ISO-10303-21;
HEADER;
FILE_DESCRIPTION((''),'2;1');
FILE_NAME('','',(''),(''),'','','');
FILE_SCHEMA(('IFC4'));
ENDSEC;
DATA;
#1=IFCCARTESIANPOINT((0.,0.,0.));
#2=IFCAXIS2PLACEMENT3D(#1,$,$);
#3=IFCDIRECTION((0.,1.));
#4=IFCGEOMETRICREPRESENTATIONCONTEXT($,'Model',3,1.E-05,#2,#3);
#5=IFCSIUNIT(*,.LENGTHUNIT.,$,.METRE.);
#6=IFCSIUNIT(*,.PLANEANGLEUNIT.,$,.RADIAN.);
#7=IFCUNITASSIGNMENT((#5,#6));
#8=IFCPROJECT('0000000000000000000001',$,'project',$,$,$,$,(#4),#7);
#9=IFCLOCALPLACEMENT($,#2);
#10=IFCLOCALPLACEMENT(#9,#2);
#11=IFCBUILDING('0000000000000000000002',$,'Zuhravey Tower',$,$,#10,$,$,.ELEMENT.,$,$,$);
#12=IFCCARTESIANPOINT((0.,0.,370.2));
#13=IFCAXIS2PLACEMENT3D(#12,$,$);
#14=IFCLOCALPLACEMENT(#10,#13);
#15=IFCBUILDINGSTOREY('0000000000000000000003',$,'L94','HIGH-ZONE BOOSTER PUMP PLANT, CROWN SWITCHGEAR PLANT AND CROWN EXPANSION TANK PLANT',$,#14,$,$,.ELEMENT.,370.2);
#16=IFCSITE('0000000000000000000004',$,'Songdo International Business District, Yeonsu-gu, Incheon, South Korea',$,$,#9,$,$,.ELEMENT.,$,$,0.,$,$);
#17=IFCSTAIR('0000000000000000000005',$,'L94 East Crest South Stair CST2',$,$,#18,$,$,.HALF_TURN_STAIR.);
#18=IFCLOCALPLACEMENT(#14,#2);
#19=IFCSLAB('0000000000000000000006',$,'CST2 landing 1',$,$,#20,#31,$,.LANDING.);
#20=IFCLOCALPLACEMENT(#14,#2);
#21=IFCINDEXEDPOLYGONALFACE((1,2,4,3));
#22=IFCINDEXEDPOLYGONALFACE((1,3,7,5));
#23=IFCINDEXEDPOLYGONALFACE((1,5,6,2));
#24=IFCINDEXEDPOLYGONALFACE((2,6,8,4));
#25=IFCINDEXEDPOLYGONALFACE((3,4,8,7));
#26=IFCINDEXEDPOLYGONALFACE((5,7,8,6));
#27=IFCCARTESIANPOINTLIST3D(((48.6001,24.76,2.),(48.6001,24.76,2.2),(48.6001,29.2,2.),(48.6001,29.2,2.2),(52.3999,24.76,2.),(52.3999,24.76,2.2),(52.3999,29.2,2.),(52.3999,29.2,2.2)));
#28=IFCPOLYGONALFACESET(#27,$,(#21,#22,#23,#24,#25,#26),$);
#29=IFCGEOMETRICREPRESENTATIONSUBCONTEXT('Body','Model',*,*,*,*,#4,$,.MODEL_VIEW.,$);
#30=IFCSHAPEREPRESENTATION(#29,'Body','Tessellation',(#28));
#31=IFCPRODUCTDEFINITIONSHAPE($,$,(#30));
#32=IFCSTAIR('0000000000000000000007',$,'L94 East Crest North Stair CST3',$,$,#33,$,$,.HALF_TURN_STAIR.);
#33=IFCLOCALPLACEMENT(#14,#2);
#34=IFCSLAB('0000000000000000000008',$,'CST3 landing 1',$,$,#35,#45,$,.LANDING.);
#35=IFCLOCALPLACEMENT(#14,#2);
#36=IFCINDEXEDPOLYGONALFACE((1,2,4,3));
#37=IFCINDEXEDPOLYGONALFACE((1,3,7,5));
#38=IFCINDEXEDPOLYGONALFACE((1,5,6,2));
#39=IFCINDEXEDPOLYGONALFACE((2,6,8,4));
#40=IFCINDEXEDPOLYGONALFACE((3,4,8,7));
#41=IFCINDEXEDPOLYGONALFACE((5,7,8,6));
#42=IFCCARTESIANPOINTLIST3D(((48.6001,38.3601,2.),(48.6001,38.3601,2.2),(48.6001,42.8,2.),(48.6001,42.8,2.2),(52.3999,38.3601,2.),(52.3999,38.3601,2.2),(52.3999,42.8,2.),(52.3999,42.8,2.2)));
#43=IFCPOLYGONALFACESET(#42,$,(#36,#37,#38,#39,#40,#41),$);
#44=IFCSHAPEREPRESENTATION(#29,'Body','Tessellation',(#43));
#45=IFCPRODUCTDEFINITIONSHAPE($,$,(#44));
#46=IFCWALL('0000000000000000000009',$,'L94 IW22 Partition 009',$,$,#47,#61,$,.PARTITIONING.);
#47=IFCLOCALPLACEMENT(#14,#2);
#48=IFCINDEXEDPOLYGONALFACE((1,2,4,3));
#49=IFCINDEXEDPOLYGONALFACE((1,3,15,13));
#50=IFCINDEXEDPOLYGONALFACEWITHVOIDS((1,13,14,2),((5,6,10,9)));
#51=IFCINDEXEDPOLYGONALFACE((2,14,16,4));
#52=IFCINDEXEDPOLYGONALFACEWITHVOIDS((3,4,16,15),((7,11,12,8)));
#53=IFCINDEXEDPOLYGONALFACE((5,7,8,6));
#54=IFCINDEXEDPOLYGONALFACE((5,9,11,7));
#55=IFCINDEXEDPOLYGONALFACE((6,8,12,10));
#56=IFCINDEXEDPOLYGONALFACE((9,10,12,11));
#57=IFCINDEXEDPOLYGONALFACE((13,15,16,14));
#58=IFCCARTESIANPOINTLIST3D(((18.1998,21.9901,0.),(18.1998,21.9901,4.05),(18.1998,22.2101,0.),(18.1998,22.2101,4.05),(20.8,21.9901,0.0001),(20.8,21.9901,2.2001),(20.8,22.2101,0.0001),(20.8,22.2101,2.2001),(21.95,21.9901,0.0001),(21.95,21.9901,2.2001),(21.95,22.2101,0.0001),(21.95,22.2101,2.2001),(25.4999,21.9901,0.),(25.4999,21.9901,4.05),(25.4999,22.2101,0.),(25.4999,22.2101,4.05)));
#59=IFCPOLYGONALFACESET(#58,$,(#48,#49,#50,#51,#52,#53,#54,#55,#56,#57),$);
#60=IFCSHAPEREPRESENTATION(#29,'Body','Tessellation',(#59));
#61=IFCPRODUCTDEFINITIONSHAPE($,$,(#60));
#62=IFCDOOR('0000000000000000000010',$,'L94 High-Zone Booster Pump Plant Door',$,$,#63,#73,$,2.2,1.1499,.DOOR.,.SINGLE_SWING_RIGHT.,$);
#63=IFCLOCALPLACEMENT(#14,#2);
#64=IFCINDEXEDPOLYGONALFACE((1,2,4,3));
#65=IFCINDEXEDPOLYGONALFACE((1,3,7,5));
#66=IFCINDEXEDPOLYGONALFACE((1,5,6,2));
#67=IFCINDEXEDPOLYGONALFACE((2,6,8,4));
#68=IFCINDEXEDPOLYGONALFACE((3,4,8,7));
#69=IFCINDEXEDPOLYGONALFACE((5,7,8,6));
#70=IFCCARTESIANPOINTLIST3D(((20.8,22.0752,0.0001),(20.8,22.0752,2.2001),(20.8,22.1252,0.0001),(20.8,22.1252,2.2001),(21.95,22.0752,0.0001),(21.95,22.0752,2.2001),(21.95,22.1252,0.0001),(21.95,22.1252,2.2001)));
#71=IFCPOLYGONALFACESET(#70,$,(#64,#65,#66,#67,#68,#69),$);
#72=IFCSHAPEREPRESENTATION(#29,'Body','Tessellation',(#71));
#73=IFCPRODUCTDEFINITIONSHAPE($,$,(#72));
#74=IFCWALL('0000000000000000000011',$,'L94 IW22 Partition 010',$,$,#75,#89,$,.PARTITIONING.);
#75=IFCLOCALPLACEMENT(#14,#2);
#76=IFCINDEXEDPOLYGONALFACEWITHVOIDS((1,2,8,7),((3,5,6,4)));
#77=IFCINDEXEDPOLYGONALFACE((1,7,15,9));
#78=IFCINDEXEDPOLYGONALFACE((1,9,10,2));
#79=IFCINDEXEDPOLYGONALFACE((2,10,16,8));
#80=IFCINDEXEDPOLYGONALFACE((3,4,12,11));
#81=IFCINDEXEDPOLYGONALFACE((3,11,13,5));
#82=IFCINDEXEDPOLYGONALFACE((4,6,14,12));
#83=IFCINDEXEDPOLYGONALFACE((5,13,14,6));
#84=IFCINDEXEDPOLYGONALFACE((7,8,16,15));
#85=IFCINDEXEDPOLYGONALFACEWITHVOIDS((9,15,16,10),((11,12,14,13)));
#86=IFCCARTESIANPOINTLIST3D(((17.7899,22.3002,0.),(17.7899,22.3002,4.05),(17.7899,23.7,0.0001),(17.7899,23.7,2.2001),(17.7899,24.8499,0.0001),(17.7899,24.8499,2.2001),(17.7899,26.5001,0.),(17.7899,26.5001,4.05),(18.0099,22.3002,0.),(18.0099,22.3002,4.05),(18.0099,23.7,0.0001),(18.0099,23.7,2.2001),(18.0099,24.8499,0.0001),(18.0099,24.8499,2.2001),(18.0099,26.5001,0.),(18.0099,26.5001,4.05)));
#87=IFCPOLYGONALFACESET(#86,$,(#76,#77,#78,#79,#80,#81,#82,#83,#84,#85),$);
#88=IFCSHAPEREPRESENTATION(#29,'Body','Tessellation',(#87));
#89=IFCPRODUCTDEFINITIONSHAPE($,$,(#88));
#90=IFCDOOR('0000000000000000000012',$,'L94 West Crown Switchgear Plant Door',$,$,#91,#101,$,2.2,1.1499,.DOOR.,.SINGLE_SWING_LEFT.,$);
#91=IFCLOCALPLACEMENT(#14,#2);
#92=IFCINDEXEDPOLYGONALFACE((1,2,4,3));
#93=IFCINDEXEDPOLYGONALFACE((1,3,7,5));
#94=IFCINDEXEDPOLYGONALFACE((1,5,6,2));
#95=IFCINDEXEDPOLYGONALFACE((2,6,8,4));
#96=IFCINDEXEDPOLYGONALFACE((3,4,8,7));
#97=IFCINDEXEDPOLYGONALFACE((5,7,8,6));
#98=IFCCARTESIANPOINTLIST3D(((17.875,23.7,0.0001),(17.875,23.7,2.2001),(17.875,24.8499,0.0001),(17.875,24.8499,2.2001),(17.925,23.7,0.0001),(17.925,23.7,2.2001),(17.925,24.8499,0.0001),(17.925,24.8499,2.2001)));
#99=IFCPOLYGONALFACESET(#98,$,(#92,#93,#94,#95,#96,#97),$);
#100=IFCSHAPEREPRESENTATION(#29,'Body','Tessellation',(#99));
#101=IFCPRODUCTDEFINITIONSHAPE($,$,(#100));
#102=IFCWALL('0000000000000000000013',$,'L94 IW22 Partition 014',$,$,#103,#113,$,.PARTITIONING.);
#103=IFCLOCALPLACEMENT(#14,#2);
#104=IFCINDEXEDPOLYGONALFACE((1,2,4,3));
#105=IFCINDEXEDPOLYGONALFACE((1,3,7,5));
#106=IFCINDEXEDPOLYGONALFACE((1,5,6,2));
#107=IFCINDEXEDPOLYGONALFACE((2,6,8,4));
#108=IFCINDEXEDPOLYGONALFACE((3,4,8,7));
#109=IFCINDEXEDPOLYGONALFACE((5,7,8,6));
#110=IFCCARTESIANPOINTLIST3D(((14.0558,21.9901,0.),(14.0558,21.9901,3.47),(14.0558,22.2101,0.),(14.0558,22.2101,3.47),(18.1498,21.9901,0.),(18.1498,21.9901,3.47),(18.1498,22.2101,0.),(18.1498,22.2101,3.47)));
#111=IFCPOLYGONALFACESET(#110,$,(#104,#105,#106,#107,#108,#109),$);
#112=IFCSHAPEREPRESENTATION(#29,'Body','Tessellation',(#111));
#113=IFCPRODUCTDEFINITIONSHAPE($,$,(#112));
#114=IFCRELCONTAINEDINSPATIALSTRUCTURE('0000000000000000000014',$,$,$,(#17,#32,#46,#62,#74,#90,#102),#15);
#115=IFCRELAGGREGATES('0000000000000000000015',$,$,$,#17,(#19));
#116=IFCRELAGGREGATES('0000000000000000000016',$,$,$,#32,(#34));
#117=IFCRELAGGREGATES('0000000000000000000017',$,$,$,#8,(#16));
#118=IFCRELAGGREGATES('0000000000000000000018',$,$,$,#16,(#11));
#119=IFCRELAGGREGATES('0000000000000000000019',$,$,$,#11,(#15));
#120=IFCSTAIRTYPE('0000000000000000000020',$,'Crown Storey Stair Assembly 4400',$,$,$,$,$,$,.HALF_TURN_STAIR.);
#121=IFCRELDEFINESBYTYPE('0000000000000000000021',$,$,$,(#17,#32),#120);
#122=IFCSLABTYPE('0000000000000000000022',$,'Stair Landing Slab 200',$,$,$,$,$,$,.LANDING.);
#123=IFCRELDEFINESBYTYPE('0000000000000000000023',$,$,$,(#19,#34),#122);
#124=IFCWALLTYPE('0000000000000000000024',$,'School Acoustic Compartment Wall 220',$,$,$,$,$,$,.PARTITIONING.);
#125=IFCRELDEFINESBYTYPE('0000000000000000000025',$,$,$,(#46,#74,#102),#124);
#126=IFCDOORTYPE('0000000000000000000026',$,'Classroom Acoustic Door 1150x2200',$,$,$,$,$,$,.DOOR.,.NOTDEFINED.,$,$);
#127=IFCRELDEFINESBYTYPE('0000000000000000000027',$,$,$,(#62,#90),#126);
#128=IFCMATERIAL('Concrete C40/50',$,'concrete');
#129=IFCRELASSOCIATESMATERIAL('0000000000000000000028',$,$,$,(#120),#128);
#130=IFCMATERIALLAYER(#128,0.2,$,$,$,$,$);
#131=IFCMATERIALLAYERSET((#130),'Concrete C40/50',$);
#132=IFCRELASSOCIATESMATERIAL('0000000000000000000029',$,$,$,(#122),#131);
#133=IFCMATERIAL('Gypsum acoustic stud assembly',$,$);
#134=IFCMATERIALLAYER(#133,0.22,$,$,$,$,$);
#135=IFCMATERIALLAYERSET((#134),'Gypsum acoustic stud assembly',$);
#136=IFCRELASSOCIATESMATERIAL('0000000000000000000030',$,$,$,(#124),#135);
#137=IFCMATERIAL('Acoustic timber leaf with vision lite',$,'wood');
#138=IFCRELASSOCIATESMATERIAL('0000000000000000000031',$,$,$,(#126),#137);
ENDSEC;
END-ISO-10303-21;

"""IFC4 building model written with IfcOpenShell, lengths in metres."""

from ifc_helpers import new_model, si_unit, direction, frame, frame_2d, origin, place, context, subcontext, project, spatial, polyline, rectangle, outline, extrude, material, layer, layer_set, type_object, element, fill, aggregate, save


model = new_model("IFC4")

# Units and contexts
model_context = context("Model", 3, precision=1e-05, world=origin(), true_north=direction((0.0, 1.0)))
body_context = subcontext(model_context, "Body", "Model", "MODEL_VIEW")
ifc_project = project(units=[si_unit("LENGTHUNIT", "METRE"), si_unit("PLANEANGLEUNIT", "RADIAN")], contexts=[model_context])

# Site, building, storey
site_placement = place(None, origin())
site = spatial("IfcSite", under=ifc_project, at=site_placement, Name="Songdo International Business District, Yeonsu-gu, Incheon, South Korea", CompositionType="ELEMENT", RefElevation=0.0)
building_placement = place(site_placement, origin())
building = spatial("IfcBuilding", under=site, at=building_placement, Name="Zuhravey Tower", CompositionType="ELEMENT")
storey_placement = place(building_placement, frame((0.0, 0.0, 370.2)))
storey = spatial("IfcBuildingStorey", under=building, at=storey_placement, Name="L94", Description="HIGH-ZONE BOOSTER PUMP PLANT, CROWN SWITCHGEAR PLANT AND CROWN EXPANSION TANK PLANT", CompositionType="ELEMENT", Elevation=370.2)

# Stairs, slabs
ifc_material_1 = material(Name="Concrete C40/50", Category="concrete")
stair_type = type_object("IfcStairType", Name="Crown Storey Stair Assembly 4400", PredefinedType="HALF_TURN_STAIR", material=ifc_material_1)
ifc_layer_1 = layer(ifc_material_1, 0.2)
ifc_layer_set_1 = layer_set([ifc_layer_1], Name="Concrete C40/50")
slab_type_1 = type_object("IfcSlabType", Name="Stair Landing Slab 200", PredefinedType="LANDING", material=ifc_layer_set_1)
stair_1_placement = place(storey_placement, origin())
stair_1 = element("IfcStair", 1, at=stair_1_placement, inside=storey, type_object=stair_type, Name="L94 East Crest South Stair CST2", PredefinedType="HALF_TURN_STAIR")
slab_1_placement = place(storey_placement, frame((0.0, 0.0, 2.0)))
slab_1 = element("IfcSlab", 2, at=slab_1_placement, type_object=slab_type_1, Name="CST2 landing 1", PredefinedType="LANDING", context=body_context, shape_type="SweptSolid", body=[
    extrude(outline(polyline([(52.3999, 24.76), (52.3999, 29.2), (48.6001, 29.2), (48.6001, 24.76), (52.3999, 24.76)])), origin(), (0.0, 0.0, 1.0), 0.2),
])
aggregate(stair_1, [slab_1])
stair_2_placement = place(storey_placement, origin())
stair_2 = element("IfcStair", 3, at=stair_2_placement, inside=storey, type_object=stair_type, Name="L94 East Crest North Stair CST3", PredefinedType="HALF_TURN_STAIR")
slab_2_placement = place(storey_placement, frame((0.0, 0.0, 2.0)))
slab_2 = element("IfcSlab", 4, at=slab_2_placement, type_object=slab_type_1, Name="CST3 landing 1", PredefinedType="LANDING", context=body_context, shape_type="SweptSolid", body=[
    extrude(outline(polyline([(52.3999, 38.3601), (52.3999, 42.8), (48.6001, 42.8), (48.6001, 38.3601), (52.3999, 38.3601)])), origin(), (0.0, 0.0, 1.0), 0.2),
])
aggregate(stair_2, [slab_2])

# Walls, openings, doors
ifc_material_2 = material(Name="Gypsum acoustic stud assembly")
ifc_layer_2 = layer(ifc_material_2, 0.22)
ifc_layer_set_2 = layer_set([ifc_layer_2], Name="Gypsum acoustic stud assembly")
wall_type = type_object("IfcWallType", Name="School Acoustic Compartment Wall 220", PredefinedType="PARTITIONING", material=ifc_layer_set_2)
wall_1_placement = place(storey_placement, frame((18.2, 22.1001, 0.0), z_axis=(0.0, 0.0, 1.0), x_axis=(1.0, 0.0, 0.0)))
wall_1 = element("IfcWall", 5, at=wall_1_placement, inside=storey, type_object=wall_type, Name="L94 IW22 Partition 009", PredefinedType="PARTITIONING", context=body_context, shape_type="SweptSolid", body=[
    extrude(rectangle(XDim=7.3, YDim=0.22, at=frame_2d((3.6499, 0.0))), origin(), (0.0, 0.0, 1.0), 4.05),
])
opening_1_placement = place(wall_1_placement, frame((2.6001, 0.0, 0.0)))
opening_1 = element("IfcOpeningElement", 6, at=opening_1_placement, cuts=wall_1, PredefinedType="OPENING", context=body_context, shape_type="SweptSolid", body=[
    extrude(rectangle(XDim=1.1499, YDim=2.2, at=frame_2d((0.575, 1.1001))), frame((0.0, 0.1221, 0.0), z_axis=(0.0, -1.0, 0.0), x_axis=(1.0, 0.0, 0.0)), (0.0, 0.0, 1.0), 0.2439),
])
ifc_material_3 = material(Name="Acoustic timber leaf with vision lite", Category="wood")
door_type = type_object("IfcDoorType", Name="Classroom Acoustic Door 1150x2200", OperationType="NOTDEFINED", PredefinedType="DOOR", material=ifc_material_3)
door_1_placement = place(opening_1_placement, frame((1.1499, 0.0, 0.0), z_axis=(0.0, 0.0, 1.0), x_axis=(-1.0, 0.0, 0.0)))
door_1 = element("IfcDoor", 7, at=door_1_placement, inside=storey, type_object=door_type, Name="L94 High-Zone Booster Pump Plant Door", OperationType="SINGLE_SWING_RIGHT", OverallHeight=2.2, OverallWidth=1.1499, PredefinedType="DOOR", context=body_context, shape_type="SweptSolid", body=[
    extrude(rectangle(XDim=1.1499, YDim=2.2, at=frame_2d((0.575, 1.1001))), frame((0.0, 0.0249, 0.0), z_axis=(0.0, -1.0, 0.0), x_axis=(1.0, 0.0, 0.0)), (0.0, 0.0, 1.0), 0.05),
])
fill(opening_1, door_1)
wall_2_placement = place(storey_placement, frame((17.8999, 22.3, 0.0), z_axis=(0.0, 0.0, 1.0), x_axis=(0.0, 1.0, 0.0)))
wall_2 = element("IfcWall", 8, at=wall_2_placement, inside=storey, type_object=wall_type, Name="L94 IW22 Partition 010", PredefinedType="PARTITIONING", context=body_context, shape_type="SweptSolid", body=[
    extrude(rectangle(XDim=4.2, YDim=0.22, at=frame_2d((2.1001, 0.0))), origin(), (0.0, 0.0, 1.0), 4.05),
])
opening_2_placement = place(wall_2_placement, frame((1.3999, 0.0, 0.0)))
opening_2 = element("IfcOpeningElement", 9, at=opening_2_placement, cuts=wall_2, PredefinedType="OPENING", context=body_context, shape_type="SweptSolid", body=[
    extrude(rectangle(XDim=1.1499, YDim=2.2, at=frame_2d((0.575, 1.1001))), frame((0.0, 0.1221, 0.0), z_axis=(0.0, -1.0, 0.0), x_axis=(1.0, 0.0, 0.0)), (0.0, 0.0, 1.0), 0.2439),
])
door_2_placement = place(opening_2_placement, origin())
door_2 = element("IfcDoor", 10, at=door_2_placement, inside=storey, type_object=door_type, Name="L94 West Crown Switchgear Plant Door", OperationType="SINGLE_SWING_LEFT", OverallHeight=2.2, OverallWidth=1.1499, PredefinedType="DOOR", context=body_context, shape_type="SweptSolid", body=[
    extrude(rectangle(XDim=1.1499, YDim=2.2, at=frame_2d((0.575, 1.1001))), frame((0.0, 0.0249, 0.0), z_axis=(0.0, -1.0, 0.0), x_axis=(1.0, 0.0, 0.0)), (0.0, 0.0, 1.0), 0.05),
])
fill(opening_2, door_2)

# Wall
wall_3_placement = place(storey_placement, frame((14.0559, 22.1001, 0.0), z_axis=(0.0, 0.0, 1.0), x_axis=(1.0, 0.0, 0.0)))
element("IfcWall", 11, at=wall_3_placement, inside=storey, type_object=wall_type, Name="L94 IW22 Partition 014", PredefinedType="PARTITIONING", context=body_context, shape_type="SweptSolid", body=[
    extrude(rectangle(XDim=4.094, YDim=0.22, at=frame_2d((2.0469, 0.0))), origin(), (0.0, 0.0, 1.0), 3.47),
])

save(model, "model.ifc")
